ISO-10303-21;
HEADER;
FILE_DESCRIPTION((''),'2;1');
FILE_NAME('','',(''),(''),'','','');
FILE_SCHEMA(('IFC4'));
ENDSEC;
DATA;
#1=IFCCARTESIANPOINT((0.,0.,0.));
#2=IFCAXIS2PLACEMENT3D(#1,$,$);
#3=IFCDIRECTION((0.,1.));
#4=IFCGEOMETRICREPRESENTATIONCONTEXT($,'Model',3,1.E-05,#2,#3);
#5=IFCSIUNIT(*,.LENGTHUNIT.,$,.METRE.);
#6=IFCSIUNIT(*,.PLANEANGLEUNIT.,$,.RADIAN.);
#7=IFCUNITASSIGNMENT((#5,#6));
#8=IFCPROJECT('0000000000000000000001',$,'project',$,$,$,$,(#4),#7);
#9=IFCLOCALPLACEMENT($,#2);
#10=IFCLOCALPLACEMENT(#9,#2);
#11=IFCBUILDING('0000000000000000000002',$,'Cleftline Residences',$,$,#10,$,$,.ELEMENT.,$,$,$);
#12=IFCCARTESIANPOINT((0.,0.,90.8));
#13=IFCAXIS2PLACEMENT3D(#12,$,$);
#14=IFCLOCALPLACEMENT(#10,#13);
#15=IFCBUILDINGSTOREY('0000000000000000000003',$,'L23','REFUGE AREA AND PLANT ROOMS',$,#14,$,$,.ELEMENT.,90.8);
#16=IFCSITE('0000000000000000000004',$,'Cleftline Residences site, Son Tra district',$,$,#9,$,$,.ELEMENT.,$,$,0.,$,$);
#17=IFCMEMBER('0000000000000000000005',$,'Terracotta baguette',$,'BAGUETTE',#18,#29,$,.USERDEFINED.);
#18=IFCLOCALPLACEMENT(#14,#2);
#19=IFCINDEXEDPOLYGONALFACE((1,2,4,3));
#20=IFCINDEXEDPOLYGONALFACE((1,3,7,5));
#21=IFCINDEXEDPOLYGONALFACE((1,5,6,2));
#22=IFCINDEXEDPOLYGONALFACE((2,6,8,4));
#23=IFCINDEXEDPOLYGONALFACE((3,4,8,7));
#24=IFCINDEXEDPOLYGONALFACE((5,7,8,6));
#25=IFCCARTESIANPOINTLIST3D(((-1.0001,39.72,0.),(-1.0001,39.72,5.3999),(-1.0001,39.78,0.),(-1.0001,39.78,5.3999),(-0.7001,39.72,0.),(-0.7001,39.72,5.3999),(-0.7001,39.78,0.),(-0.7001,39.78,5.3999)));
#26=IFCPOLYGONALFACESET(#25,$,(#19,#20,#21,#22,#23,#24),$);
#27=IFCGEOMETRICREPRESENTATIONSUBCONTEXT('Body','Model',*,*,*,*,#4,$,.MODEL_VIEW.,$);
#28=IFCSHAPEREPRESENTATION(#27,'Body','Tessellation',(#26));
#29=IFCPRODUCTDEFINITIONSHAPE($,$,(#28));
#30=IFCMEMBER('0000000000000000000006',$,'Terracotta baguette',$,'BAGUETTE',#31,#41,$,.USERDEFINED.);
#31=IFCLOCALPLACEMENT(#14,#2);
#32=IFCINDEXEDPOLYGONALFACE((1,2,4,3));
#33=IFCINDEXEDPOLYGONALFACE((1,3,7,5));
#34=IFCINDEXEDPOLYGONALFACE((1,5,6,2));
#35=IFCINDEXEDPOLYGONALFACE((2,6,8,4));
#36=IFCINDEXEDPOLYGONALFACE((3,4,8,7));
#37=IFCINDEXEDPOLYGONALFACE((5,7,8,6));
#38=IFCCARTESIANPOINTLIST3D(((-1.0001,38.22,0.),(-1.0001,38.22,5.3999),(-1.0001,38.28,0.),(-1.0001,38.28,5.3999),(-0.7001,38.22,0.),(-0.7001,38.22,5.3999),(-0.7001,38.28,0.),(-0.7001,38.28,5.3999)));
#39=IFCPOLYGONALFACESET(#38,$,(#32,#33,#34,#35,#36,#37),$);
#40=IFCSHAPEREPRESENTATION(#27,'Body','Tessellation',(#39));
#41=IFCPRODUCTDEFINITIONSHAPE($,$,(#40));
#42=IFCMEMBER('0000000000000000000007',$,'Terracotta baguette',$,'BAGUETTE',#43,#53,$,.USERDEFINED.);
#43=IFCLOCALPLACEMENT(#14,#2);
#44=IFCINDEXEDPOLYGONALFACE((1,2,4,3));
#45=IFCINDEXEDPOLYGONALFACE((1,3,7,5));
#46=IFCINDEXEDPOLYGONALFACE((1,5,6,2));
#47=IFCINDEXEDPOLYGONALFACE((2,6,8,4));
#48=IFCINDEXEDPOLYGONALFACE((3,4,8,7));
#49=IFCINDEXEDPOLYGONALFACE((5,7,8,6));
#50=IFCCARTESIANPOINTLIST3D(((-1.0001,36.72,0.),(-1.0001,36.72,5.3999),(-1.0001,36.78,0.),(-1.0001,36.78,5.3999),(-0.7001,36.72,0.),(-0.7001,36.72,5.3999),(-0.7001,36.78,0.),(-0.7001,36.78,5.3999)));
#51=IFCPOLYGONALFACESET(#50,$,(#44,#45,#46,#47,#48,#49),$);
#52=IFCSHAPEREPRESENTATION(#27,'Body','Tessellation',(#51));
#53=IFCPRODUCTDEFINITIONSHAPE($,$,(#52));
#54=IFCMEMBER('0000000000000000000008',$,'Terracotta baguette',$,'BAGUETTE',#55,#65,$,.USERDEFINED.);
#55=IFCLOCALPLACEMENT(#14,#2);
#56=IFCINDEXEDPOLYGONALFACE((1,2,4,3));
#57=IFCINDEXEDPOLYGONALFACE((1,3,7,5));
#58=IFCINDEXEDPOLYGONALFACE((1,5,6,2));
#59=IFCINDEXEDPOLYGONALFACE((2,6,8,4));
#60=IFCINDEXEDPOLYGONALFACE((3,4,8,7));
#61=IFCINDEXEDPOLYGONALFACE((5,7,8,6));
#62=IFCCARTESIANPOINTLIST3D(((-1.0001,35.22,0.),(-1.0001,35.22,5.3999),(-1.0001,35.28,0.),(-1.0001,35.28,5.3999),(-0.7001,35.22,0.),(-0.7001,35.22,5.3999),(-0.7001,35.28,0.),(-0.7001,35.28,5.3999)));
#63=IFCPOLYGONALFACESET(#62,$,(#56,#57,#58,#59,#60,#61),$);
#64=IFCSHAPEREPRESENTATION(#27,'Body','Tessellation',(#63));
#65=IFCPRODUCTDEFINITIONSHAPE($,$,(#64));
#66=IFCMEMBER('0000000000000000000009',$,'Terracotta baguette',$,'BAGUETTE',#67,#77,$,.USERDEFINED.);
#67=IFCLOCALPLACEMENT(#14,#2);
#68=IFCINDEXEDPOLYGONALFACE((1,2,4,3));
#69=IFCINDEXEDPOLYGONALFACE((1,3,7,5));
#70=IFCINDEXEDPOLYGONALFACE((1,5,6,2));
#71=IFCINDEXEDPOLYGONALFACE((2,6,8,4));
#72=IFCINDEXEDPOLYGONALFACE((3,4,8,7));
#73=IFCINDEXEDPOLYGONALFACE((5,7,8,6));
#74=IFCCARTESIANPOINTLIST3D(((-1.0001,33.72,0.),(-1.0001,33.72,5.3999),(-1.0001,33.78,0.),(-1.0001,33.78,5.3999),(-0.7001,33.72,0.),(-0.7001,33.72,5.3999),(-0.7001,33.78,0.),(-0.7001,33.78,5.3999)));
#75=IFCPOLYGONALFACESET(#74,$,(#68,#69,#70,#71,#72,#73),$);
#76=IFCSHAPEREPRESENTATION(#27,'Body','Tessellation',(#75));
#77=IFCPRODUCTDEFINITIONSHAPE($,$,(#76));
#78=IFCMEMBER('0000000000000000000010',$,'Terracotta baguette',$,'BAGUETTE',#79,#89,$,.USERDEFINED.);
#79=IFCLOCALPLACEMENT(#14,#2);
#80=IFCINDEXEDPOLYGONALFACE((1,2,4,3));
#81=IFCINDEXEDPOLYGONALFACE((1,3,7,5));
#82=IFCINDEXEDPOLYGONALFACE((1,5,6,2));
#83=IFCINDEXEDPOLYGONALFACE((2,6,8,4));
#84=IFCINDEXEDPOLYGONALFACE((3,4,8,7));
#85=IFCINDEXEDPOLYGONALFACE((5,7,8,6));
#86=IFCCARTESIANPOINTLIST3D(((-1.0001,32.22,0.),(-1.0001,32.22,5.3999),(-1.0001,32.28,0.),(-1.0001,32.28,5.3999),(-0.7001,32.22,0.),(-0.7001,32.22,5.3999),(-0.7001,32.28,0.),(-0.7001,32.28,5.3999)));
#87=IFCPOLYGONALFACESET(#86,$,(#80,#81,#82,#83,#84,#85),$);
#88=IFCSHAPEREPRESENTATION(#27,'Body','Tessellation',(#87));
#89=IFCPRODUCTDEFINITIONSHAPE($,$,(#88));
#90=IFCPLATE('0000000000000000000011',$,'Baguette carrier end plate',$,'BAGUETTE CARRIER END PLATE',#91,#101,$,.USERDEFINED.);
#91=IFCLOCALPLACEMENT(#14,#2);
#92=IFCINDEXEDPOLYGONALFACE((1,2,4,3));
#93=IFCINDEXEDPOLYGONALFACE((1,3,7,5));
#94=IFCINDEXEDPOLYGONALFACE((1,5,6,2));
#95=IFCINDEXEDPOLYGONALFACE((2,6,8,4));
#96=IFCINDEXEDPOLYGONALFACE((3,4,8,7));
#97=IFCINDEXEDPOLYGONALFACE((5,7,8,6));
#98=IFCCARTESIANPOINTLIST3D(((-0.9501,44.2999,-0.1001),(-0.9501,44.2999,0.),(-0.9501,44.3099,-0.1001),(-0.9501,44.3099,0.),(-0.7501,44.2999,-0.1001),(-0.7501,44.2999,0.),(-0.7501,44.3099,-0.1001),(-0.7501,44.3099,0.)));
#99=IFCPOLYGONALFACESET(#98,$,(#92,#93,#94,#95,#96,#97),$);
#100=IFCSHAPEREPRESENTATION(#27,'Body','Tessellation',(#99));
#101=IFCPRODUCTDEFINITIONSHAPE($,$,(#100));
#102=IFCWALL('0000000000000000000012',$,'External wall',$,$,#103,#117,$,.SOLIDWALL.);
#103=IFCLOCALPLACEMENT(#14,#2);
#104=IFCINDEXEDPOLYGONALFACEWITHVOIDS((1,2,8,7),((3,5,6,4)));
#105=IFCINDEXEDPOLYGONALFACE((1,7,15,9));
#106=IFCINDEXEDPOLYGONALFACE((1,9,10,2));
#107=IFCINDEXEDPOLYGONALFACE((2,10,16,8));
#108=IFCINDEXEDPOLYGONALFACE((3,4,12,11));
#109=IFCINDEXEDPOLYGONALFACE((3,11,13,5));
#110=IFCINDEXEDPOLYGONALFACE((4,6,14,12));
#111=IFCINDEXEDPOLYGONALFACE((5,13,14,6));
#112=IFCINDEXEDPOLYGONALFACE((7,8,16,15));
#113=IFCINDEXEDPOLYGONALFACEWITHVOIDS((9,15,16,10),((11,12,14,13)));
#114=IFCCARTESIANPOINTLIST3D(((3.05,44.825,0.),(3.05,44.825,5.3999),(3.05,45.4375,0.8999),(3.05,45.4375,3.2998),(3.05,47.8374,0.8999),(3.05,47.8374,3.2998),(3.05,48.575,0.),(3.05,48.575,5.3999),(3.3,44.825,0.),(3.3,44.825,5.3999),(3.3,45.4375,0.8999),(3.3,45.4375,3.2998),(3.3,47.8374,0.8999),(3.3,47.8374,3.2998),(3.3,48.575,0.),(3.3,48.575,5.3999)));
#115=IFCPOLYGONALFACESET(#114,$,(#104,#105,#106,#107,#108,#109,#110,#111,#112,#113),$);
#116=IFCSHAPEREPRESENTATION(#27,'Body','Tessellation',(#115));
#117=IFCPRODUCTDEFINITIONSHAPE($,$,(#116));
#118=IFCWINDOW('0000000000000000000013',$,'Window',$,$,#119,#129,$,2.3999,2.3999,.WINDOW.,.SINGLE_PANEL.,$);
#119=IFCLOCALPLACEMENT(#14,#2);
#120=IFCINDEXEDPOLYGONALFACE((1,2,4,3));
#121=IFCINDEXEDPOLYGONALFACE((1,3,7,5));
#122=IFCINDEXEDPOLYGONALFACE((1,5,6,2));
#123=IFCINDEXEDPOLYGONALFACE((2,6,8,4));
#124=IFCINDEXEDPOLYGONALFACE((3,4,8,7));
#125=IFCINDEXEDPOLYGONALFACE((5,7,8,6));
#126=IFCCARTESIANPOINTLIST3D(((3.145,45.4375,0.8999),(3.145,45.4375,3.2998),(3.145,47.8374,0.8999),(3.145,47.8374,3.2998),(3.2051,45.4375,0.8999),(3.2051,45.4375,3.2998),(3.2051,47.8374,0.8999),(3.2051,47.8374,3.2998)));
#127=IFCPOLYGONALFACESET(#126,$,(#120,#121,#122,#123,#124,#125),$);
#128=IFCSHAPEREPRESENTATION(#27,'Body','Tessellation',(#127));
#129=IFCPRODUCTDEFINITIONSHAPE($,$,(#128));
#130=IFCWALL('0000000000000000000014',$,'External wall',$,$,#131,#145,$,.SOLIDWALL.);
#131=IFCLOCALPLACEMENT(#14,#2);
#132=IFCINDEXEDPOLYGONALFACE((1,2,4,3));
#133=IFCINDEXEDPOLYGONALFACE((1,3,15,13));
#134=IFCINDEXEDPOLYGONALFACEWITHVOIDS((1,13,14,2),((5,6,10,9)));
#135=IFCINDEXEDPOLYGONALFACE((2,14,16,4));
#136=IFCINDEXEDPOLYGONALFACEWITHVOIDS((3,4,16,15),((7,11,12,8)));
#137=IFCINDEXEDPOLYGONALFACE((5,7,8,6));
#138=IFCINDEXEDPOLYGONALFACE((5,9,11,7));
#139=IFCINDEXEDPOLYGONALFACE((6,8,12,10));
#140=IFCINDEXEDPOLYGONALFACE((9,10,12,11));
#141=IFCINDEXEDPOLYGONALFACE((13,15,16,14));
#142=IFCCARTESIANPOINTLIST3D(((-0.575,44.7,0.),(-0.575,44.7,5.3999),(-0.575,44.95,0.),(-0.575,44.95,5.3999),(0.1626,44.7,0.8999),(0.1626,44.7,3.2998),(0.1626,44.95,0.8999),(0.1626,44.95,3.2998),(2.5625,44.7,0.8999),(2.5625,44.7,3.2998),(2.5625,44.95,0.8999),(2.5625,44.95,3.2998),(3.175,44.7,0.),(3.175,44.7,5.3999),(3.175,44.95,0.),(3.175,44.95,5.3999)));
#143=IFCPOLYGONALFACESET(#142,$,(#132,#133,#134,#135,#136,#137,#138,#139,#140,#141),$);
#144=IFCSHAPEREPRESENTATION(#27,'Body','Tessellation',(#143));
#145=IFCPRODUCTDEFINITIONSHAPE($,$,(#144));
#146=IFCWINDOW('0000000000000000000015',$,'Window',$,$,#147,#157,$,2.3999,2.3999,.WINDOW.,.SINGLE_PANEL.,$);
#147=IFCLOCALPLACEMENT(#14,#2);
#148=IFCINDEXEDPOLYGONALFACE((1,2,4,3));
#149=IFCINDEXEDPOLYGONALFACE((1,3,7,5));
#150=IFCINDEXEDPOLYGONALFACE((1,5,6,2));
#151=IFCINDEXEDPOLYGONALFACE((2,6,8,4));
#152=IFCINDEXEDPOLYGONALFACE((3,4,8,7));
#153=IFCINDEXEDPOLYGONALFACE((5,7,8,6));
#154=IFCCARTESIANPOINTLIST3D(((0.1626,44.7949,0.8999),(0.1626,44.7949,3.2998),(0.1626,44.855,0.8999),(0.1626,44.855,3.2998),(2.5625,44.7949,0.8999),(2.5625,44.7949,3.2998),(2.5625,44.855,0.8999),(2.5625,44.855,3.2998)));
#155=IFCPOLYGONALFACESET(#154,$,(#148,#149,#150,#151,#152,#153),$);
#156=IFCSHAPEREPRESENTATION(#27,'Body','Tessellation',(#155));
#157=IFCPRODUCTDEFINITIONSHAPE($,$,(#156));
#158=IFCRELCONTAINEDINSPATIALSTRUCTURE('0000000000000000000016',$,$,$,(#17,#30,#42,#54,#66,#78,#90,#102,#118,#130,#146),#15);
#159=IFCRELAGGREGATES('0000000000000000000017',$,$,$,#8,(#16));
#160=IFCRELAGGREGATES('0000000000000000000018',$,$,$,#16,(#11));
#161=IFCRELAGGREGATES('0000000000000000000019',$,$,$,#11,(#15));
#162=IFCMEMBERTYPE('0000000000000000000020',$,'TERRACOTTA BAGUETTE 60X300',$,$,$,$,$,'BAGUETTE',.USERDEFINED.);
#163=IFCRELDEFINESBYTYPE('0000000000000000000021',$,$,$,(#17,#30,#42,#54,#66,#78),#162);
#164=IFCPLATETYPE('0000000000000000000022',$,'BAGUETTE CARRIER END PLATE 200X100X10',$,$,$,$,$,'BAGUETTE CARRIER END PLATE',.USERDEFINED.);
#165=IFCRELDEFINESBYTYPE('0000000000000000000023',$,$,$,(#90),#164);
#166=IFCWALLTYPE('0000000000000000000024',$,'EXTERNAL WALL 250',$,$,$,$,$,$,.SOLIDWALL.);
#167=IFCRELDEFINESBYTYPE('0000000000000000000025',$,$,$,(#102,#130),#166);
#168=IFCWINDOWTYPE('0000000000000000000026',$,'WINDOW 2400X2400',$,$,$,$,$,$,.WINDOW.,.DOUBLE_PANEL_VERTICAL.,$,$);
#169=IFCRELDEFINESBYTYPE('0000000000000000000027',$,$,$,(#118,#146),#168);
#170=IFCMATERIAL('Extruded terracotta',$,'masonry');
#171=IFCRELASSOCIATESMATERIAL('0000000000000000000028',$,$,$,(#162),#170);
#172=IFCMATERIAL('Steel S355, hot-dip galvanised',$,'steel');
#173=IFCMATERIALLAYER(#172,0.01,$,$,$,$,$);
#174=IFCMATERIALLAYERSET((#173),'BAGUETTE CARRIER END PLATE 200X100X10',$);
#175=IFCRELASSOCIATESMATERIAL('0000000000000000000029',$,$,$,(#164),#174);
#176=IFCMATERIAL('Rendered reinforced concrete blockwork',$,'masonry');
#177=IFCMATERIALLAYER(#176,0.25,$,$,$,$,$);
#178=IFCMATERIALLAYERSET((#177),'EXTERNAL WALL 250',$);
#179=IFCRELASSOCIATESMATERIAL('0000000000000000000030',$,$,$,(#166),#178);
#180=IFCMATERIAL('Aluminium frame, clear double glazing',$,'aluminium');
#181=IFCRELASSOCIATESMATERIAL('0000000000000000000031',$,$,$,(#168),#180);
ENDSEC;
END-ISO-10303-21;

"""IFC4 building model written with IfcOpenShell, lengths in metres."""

from ifc_helpers import new_model, si_unit, direction, frame, frame_2d, origin, origin_2d, place, context, subcontext, project, spatial, rectangle, extrude, material, layer, layer_set, material_profile, profile_set, type_object, element, fill, save


model = new_model("IFC4")

# Units and contexts
model_context = context("Model", 3, precision=1e-05, world=origin(), true_north=direction((0.0, 1.0)))
body_context = subcontext(model_context, "Body", "Model", "MODEL_VIEW")
ifc_project = project(units=[si_unit("LENGTHUNIT", "METRE"), si_unit("PLANEANGLEUNIT", "RADIAN")], contexts=[model_context])

# Site, building, storey
site_placement = place(None, origin())
site = spatial("IfcSite", under=ifc_project, at=site_placement, Name="Cleftline Residences site, Son Tra district", CompositionType="ELEMENT", RefElevation=0.0)
building_placement = place(site_placement, origin())
building = spatial("IfcBuilding", under=site, at=building_placement, Name="Cleftline Residences", CompositionType="ELEMENT")
storey_placement = place(building_placement, frame((0.0, 0.0, 90.8)))
storey = spatial("IfcBuildingStorey", under=building, at=storey_placement, Name="L23", Description="REFUGE AREA AND PLANT ROOMS", CompositionType="ELEMENT", Elevation=90.8)

# Members
ifc_material_1 = material(Name="Extruded terracotta", Category="masonry")
ifc_material_profile_1 = material_profile(ifc_material_1, rectangle(XDim=0.0601, YDim=0.3, at=origin_2d()))
ifc_profile_set_1 = profile_set([ifc_material_profile_1], Name="Extruded terracotta")
member_type_1 = type_object("IfcMemberType", Name="TERRACOTTA BAGUETTE 60X300", ElementType="BAGUETTE", PredefinedType="USERDEFINED", material=ifc_profile_set_1)
for number, where, z_axis, x_axis, name in (
    (1, (-0.8501, 39.75, 0.0), (0.0, 0.0, 1.0), (0.0, 1.0, 0.0), "Terracotta baguette"),
    (2, (-0.8501, 38.25, 0.0), (0.0, 0.0, 1.0), (0.0, 1.0, 0.0), "Terracotta baguette"),
    (3, (-0.8501, 36.75, 0.0), (0.0, 0.0, 1.0), (0.0, 1.0, 0.0), "Terracotta baguette"),
    (4, (-0.8501, 35.25, 0.0), (0.0, 0.0, 1.0), (0.0, 1.0, 0.0), "Terracotta baguette"),
    (5, (-0.8501, 33.75, 0.0), (0.0, 0.0, 1.0), (0.0, 1.0, 0.0), "Terracotta baguette"),
    (6, (-0.8501, 32.25, 0.0), (0.0, 0.0, 1.0), (0.0, 1.0, 0.0), "Terracotta baguette"),
):
    element("IfcMember", number, at=place(storey_placement, frame(where, z_axis=z_axis, x_axis=x_axis)), inside=storey, type_object=member_type_1, Name=name, ObjectType="BAGUETTE", PredefinedType="USERDEFINED", context=body_context, shape_type="SweptSolid", body=[
        extrude(rectangle(XDim=0.0601, YDim=0.3, at=origin_2d()), origin(), (0.0, 0.0, 1.0), 5.3999),
    ])

# Plate
ifc_material_2 = material(Name="Steel S355, hot-dip galvanised", Category="steel")
ifc_layer_1 = layer(ifc_material_2, 0.01)
ifc_layer_set_1 = layer_set([ifc_layer_1], Name="BAGUETTE CARRIER END PLATE 200X100X10")
plate_type = type_object("IfcPlateType", Name="BAGUETTE CARRIER END PLATE 200X100X10", ElementType="BAGUETTE CARRIER END PLATE", PredefinedType="USERDEFINED", material=ifc_layer_set_1)
plate_placement = place(storey_placement, frame((-0.8501, 44.3049, -0.1001), z_axis=(0.0, 0.0, 1.0), x_axis=(-1.0, 0.0, 0.0)))
element("IfcPlate", 7, at=plate_placement, inside=storey, type_object=plate_type, Name="Baguette carrier end plate", ObjectType="BAGUETTE CARRIER END PLATE", PredefinedType="USERDEFINED", context=body_context, shape_type="SweptSolid", body=[
    extrude(rectangle(XDim=0.2, YDim=0.01, at=origin_2d()), origin(), (0.0, 0.0, 1.0), 0.1001),
])

# Walls, openings, windows
ifc_material_3 = material(Name="Rendered reinforced concrete blockwork", Category="masonry")
ifc_layer_2 = layer(ifc_material_3, 0.25)
ifc_layer_set_2 = layer_set([ifc_layer_2], Name="EXTERNAL WALL 250")
wall_type_1 = type_object("IfcWallType", Name="EXTERNAL WALL 250", PredefinedType="SOLIDWALL", material=ifc_layer_set_2)
wall_1_placement = place(storey_placement, frame((3.175, 48.575, 0.0), z_axis=(0.0, 0.0, 1.0), x_axis=(0.0, -1.0, 0.0)))
wall_1 = element("IfcWall", 8, at=wall_1_placement, inside=storey, type_object=wall_type_1, Name="External wall", PredefinedType="SOLIDWALL", context=body_context, shape_type="SweptSolid", body=[
    extrude(rectangle(XDim=3.75, YDim=0.25, at=frame_2d((1.875, 0.0))), origin(), (0.0, 0.0, 1.0), 5.3999),
])
opening_1_placement = place(wall_1_placement, frame((0.7375, 0.0, 0.8999)))
opening_1 = element("IfcOpeningElement", 9, at=opening_1_placement, cuts=wall_1, PredefinedType="OPENING", context=body_context, shape_type="SweptSolid", body=[
    extrude(rectangle(XDim=2.3999, YDim=2.3999, at=frame_2d((1.2, 1.2))), frame((0.0, 0.135, 0.0), z_axis=(0.0, -1.0, 0.0), x_axis=(1.0, 0.0, 0.0)), (0.0, 0.0, 1.0), 0.27),
])
ifc_material_4 = material(Name="Aluminium frame, clear double glazing", Category="aluminium")
window_type = type_object("IfcWindowType", Name="WINDOW 2400X2400", PartitioningType="DOUBLE_PANEL_VERTICAL", PredefinedType="WINDOW", material=ifc_material_4)
window_1_placement = place(opening_1_placement, origin())
window_1 = element("IfcWindow", 10, at=window_1_placement, inside=storey, type_object=window_type, Name="Window", OverallHeight=2.3999, OverallWidth=2.3999, PartitioningType="SINGLE_PANEL", PredefinedType="WINDOW", context=body_context, shape_type="SweptSolid", body=[
    extrude(rectangle(XDim=2.3999, YDim=2.3999, at=frame_2d((1.2, 1.2))), frame((0.0, 0.03, 0.0), z_axis=(0.0, -1.0, 0.0), x_axis=(1.0, 0.0, 0.0)), (0.0, 0.0, 1.0), 0.0601),
])
fill(opening_1, window_1)
wall_2_placement = place(storey_placement, frame((3.175, 44.825, 0.0), z_axis=(0.0, 0.0, 1.0), x_axis=(-1.0, 0.0, 0.0)))
wall_2 = element("IfcWall", 11, at=wall_2_placement, inside=storey, type_object=wall_type_1, Name="External wall", PredefinedType="SOLIDWALL", context=body_context, shape_type="SweptSolid", body=[
    extrude(rectangle(XDim=3.75, YDim=0.25, at=frame_2d((1.875, 0.0))), origin(), (0.0, 0.0, 1.0), 5.3999),
])
opening_2_placement = place(wall_2_placement, frame((0.6125, 0.0, 0.8999)))
opening_2 = element("IfcOpeningElement", 12, at=opening_2_placement, cuts=wall_2, PredefinedType="OPENING", context=body_context, shape_type="SweptSolid", body=[
    extrude(rectangle(XDim=2.3999, YDim=2.3999, at=frame_2d((1.2, 1.2))), frame((0.0, 0.135, 0.0), z_axis=(0.0, -1.0, 0.0), x_axis=(1.0, 0.0, 0.0)), (0.0, 0.0, 1.0), 0.27),
])
window_2_placement = place(opening_2_placement, origin())
window_2 = element("IfcWindow", 13, at=window_2_placement, inside=storey, type_object=window_type, Name="Window", OverallHeight=2.3999, OverallWidth=2.3999, PartitioningType="SINGLE_PANEL", PredefinedType="WINDOW", context=body_context, shape_type="SweptSolid", body=[
    extrude(rectangle(XDim=2.3999, YDim=2.3999, at=frame_2d((1.2, 1.2))), frame((0.0, 0.03, 0.0), z_axis=(0.0, -1.0, 0.0), x_axis=(1.0, 0.0, 0.0)), (0.0, 0.0, 1.0), 0.0601),
])
fill(opening_2, window_2)

save(model, "model.ifc")
